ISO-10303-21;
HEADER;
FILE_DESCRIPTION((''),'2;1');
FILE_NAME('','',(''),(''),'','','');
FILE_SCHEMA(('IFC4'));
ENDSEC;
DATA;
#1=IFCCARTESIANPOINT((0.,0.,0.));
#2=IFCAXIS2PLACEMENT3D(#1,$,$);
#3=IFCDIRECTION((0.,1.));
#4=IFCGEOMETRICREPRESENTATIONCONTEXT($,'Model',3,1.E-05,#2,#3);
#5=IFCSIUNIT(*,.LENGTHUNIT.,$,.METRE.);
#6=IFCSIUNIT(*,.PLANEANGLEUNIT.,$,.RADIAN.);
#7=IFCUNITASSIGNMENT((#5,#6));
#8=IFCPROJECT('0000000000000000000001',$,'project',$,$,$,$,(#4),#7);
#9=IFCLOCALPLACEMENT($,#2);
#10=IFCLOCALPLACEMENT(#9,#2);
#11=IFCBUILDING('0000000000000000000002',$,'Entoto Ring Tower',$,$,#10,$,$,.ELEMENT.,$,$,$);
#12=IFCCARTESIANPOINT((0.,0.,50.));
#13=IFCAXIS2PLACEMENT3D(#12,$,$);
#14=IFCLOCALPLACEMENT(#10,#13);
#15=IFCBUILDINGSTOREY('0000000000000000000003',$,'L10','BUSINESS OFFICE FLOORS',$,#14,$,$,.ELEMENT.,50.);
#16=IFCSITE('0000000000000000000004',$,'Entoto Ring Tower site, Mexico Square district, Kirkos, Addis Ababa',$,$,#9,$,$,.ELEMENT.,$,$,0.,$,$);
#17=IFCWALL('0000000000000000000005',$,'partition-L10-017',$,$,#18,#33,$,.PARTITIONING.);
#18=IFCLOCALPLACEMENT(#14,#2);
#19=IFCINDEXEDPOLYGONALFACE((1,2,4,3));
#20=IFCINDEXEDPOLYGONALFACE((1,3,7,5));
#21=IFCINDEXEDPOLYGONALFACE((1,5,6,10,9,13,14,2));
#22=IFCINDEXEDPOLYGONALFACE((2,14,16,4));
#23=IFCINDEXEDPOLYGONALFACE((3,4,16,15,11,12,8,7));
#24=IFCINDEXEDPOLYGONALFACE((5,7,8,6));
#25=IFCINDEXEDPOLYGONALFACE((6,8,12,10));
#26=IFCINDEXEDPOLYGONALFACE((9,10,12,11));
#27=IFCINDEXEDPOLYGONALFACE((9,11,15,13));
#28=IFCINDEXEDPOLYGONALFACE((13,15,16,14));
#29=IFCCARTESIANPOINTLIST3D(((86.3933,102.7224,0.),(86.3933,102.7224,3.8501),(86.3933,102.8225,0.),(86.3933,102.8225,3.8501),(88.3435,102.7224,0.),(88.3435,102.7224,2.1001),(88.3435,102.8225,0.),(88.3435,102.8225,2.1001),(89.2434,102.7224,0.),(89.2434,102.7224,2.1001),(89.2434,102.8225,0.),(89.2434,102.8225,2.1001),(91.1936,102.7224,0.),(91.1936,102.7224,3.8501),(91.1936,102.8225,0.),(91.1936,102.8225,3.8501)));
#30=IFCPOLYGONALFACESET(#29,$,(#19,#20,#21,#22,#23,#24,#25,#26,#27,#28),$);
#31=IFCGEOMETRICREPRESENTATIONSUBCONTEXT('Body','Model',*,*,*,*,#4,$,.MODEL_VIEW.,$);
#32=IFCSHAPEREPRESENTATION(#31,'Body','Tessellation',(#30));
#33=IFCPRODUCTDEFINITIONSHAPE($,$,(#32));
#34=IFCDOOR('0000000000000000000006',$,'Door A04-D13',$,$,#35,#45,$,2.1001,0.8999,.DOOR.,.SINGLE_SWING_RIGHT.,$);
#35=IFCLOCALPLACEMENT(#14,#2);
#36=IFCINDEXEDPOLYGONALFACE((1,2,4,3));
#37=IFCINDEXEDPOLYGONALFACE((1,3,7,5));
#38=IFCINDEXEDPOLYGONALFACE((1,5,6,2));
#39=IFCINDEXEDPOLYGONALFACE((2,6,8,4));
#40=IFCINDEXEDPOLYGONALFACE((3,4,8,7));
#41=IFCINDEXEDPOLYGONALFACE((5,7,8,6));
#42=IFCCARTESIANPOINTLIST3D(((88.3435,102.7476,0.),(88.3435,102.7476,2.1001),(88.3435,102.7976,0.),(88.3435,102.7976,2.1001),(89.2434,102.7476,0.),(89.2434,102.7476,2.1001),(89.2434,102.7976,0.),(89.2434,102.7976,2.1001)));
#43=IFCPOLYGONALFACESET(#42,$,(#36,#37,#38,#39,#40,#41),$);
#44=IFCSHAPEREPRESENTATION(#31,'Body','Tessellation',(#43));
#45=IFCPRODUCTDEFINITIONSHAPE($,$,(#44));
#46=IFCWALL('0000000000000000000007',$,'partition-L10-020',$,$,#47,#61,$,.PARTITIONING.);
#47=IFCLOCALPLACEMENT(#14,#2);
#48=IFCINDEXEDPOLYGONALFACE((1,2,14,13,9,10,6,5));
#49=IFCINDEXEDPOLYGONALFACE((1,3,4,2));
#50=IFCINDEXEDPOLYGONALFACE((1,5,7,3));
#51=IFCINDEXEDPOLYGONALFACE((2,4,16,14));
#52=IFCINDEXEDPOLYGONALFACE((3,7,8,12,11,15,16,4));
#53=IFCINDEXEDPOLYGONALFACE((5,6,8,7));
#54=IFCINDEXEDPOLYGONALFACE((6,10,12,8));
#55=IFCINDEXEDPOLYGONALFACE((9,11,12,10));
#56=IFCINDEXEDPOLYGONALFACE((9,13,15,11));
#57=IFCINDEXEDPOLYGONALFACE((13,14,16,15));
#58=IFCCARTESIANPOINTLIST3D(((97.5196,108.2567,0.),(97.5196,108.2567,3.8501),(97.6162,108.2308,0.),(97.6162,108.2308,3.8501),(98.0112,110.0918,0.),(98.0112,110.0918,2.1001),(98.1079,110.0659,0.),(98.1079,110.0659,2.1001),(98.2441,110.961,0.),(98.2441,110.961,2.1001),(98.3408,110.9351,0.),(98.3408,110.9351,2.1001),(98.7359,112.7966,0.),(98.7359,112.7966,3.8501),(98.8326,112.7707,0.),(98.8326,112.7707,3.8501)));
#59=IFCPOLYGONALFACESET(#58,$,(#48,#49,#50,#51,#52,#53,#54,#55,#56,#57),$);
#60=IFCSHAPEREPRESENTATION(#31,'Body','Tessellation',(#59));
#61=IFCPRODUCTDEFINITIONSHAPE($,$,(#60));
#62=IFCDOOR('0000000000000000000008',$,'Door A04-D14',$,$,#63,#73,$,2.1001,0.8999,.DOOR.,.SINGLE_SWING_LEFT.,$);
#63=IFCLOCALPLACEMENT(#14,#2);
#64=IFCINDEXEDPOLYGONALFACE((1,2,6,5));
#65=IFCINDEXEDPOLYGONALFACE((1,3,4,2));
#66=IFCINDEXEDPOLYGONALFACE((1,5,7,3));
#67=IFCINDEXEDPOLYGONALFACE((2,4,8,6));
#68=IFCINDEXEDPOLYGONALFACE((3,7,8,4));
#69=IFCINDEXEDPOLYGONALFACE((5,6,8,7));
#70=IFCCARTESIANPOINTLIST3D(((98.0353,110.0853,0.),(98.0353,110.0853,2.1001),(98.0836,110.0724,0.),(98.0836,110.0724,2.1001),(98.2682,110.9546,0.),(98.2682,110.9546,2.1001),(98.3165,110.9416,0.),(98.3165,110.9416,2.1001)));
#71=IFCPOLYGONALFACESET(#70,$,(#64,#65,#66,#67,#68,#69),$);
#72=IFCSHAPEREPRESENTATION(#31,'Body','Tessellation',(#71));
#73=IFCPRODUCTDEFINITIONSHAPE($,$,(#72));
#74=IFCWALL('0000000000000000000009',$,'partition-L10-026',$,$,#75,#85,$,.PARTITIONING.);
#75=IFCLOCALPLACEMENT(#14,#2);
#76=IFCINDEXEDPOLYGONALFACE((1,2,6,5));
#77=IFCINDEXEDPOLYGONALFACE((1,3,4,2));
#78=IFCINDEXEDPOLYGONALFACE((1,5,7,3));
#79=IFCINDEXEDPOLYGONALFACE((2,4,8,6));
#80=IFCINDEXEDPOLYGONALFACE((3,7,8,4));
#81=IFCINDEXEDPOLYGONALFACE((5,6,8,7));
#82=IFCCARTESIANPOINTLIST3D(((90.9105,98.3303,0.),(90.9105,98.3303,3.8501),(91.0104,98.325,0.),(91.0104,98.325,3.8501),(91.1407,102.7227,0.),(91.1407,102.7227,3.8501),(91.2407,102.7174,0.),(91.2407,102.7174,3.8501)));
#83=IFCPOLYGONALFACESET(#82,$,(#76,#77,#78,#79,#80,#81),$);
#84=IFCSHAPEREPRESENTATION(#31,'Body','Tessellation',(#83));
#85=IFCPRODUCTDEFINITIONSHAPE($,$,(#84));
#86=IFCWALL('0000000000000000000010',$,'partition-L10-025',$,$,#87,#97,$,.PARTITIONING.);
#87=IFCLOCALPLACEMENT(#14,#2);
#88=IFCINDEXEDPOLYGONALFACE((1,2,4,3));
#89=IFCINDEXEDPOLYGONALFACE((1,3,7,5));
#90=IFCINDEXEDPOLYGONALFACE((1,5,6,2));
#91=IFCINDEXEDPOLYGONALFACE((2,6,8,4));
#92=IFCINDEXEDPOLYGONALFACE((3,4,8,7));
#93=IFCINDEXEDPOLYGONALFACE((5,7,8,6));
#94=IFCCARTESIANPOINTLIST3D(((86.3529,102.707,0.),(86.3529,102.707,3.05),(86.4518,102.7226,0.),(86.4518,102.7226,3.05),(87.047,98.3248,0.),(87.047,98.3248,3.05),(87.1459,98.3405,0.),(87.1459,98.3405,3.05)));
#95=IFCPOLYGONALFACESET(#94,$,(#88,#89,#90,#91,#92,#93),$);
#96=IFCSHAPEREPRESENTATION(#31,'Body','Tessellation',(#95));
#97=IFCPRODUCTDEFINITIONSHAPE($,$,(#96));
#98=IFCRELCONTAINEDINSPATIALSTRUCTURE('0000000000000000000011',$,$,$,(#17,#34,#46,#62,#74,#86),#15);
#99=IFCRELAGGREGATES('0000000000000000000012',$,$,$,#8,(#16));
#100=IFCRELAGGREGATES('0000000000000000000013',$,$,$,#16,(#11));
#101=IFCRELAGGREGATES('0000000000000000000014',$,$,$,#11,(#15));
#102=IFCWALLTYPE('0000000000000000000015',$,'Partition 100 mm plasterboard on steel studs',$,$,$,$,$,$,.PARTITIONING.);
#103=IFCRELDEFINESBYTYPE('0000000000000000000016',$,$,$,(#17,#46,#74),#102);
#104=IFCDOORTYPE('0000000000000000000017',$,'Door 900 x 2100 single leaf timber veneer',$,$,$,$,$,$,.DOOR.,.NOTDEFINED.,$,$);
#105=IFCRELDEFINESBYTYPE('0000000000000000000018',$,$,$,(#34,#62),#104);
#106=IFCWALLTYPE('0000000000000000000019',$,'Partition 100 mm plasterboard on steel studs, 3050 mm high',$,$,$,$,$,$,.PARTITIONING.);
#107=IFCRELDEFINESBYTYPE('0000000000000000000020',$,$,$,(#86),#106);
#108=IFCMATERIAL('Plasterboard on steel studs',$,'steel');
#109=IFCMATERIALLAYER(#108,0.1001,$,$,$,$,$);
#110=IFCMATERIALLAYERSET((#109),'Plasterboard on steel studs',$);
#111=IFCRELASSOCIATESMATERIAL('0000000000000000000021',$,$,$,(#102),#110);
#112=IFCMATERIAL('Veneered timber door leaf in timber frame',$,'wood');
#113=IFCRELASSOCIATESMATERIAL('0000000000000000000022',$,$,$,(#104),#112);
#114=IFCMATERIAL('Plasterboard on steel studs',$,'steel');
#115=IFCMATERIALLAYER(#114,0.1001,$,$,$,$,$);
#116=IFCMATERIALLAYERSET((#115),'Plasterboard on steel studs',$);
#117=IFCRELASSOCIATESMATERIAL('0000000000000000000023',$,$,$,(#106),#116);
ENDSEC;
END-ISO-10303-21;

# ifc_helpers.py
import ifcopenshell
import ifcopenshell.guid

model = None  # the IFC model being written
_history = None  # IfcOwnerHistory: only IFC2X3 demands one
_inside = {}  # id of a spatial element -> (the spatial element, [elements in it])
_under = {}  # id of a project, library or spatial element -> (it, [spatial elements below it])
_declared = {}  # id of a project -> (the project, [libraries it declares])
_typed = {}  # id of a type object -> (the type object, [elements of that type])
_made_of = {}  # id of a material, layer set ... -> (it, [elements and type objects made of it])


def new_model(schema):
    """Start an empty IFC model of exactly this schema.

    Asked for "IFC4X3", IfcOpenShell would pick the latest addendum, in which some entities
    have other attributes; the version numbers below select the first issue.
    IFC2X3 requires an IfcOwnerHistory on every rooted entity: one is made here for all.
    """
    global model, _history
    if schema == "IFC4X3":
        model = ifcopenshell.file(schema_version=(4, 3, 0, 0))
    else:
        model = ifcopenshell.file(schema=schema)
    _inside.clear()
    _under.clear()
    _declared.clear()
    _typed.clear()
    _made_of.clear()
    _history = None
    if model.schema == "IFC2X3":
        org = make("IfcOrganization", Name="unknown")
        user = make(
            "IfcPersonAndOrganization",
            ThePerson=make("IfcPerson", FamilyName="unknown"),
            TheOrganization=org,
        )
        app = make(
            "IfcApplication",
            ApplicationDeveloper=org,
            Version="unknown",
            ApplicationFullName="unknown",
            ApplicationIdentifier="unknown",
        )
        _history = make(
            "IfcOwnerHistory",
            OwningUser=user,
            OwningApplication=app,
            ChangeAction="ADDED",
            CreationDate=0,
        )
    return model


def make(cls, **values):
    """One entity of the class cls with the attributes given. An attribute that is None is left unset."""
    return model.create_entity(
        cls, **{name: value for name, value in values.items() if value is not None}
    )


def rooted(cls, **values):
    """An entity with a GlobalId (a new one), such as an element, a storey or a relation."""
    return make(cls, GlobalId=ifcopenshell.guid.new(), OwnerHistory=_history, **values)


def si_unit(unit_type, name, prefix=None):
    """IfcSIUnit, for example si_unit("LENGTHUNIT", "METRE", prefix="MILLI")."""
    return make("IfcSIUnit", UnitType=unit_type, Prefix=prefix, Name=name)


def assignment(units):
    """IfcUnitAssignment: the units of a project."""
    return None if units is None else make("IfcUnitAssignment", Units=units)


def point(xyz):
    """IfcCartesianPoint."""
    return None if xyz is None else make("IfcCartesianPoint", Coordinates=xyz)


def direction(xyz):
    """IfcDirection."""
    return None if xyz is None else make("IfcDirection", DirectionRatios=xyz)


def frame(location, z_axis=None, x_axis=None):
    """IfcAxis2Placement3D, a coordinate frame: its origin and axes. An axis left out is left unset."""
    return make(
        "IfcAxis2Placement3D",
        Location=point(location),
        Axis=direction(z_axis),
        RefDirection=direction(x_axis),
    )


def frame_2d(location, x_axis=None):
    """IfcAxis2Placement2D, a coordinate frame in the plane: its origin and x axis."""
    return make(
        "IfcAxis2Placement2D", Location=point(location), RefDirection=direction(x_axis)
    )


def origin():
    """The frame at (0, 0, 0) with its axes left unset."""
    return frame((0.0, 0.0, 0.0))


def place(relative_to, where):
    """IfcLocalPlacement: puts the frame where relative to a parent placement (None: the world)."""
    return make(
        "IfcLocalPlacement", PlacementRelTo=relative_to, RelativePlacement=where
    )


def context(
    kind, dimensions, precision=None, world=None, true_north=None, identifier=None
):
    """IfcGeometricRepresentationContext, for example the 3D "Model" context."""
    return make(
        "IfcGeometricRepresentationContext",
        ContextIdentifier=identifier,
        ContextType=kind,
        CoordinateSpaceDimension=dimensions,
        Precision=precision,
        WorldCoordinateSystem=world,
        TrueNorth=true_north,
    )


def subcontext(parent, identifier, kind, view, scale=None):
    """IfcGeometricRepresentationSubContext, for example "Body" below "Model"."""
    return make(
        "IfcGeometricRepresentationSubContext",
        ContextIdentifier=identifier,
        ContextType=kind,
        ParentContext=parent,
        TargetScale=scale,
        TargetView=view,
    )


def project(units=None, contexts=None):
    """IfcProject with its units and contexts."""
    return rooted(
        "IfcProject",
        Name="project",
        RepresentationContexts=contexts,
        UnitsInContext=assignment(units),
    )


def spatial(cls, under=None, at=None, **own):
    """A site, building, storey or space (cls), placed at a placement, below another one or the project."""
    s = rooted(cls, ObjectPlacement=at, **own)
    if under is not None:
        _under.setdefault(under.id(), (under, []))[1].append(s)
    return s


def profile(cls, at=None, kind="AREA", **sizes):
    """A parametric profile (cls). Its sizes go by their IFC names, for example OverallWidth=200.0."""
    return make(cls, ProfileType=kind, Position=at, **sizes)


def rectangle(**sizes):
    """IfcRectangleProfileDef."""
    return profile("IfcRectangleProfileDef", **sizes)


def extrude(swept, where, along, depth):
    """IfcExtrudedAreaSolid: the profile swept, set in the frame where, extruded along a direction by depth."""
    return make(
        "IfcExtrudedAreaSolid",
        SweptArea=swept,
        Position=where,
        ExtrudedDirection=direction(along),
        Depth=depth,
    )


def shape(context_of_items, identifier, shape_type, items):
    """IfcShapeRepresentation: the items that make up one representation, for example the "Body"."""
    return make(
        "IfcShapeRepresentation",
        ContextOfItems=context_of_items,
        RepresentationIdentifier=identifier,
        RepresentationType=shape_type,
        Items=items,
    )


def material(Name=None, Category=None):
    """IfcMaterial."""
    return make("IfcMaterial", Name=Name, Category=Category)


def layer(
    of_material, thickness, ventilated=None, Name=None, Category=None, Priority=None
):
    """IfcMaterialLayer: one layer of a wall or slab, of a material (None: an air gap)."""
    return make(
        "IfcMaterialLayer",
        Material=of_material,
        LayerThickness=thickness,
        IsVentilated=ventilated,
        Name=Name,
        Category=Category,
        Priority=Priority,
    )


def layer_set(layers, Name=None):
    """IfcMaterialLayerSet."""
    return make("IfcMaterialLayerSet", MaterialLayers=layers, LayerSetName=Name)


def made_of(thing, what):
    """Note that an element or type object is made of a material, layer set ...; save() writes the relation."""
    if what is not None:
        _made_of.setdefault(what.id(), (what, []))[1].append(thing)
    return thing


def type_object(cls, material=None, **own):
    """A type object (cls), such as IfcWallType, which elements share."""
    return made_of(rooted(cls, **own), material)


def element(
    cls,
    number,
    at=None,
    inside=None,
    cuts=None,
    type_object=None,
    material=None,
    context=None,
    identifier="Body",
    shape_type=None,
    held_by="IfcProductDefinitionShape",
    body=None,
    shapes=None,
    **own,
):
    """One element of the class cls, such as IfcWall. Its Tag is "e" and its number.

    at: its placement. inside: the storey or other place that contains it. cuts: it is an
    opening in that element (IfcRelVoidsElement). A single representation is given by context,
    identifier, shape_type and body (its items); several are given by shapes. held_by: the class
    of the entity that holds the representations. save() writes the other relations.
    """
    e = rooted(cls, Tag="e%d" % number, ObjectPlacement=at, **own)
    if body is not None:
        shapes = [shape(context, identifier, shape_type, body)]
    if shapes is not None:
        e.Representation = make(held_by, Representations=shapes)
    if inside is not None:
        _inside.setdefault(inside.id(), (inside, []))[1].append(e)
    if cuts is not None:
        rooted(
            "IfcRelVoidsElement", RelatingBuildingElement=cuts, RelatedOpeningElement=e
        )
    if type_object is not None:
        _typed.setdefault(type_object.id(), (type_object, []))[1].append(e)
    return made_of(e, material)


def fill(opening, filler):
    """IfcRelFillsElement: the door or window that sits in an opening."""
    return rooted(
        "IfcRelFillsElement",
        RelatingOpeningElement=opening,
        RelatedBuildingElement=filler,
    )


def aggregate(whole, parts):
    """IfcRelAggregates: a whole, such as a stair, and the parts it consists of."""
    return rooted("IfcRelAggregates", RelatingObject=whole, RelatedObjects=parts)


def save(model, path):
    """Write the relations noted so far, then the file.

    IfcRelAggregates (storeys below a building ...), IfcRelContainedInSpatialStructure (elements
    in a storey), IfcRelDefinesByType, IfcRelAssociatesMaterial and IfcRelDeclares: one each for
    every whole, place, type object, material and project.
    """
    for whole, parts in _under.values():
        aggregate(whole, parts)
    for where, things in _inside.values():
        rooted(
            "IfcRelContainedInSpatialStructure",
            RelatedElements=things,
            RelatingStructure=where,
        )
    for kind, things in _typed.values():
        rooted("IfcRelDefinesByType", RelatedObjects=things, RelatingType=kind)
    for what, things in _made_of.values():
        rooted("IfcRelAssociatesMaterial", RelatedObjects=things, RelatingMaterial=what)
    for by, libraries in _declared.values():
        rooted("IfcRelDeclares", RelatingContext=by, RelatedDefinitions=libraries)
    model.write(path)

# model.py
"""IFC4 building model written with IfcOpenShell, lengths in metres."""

from ifc_helpers import new_model, si_unit, direction, frame, frame_2d, origin, place, context, subcontext, project, spatial, rectangle, extrude, material, layer, layer_set, type_object, element, fill, save


model = new_model("IFC4")

# Units and contexts
model_context = context("Model", 3, precision=1e-05, world=origin(), true_north=direction((0.0, 1.0)))
body_context = subcontext(model_context, "Body", "Model", "MODEL_VIEW")
ifc_project = project(units=[si_unit("LENGTHUNIT", "METRE"), si_unit("PLANEANGLEUNIT", "RADIAN")], contexts=[model_context])

# Site, building, storey
site_placement = place(None, origin())
site = spatial("IfcSite", under=ifc_project, at=site_placement, Name="Entoto Ring Tower site, Mexico Square district, Kirkos, Addis Ababa", CompositionType="ELEMENT", RefElevation=0.0)
building_placement = place(site_placement, origin())
building = spatial("IfcBuilding", under=site, at=building_placement, Name="Entoto Ring Tower", CompositionType="ELEMENT")
storey_placement = place(building_placement, frame((0.0, 0.0, 50.0)))
storey = spatial("IfcBuildingStorey", under=building, at=storey_placement, Name="L10", Description="BUSINESS OFFICE FLOORS", CompositionType="ELEMENT", Elevation=50.0)

# Walls, openings, doors
ifc_material_1 = material(Name="Plasterboard on steel studs", Category="steel")
ifc_layer_1 = layer(ifc_material_1, 0.1001)
ifc_layer_set_1 = layer_set([ifc_layer_1], Name="Plasterboard on steel studs")
wall_type_1 = type_object("IfcWallType", Name="Partition 100 mm plasterboard on steel studs", PredefinedType="PARTITIONING", material=ifc_layer_set_1)
wall_1_placement = place(storey_placement, frame((86.3933, 102.7725, 0.0), z_axis=(0.0, 0.0, 1.0), x_axis=(1.0, 0.0, 0.0)))
wall_1 = element("IfcWall", 1, at=wall_1_placement, inside=storey, type_object=wall_type_1, Name="partition-L10-017", PredefinedType="PARTITIONING", context=body_context, shape_type="SweptSolid", body=[
    extrude(rectangle(XDim=4.8003, YDim=0.1001, at=frame_2d((2.4001, 0.0))), origin(), (0.0, 0.0, 1.0), 3.8501),
])
opening_1_placement = place(wall_1_placement, frame((1.9502, 0.0, 0.0)))
opening_1 = element("IfcOpeningElement", 2, at=opening_1_placement, cuts=wall_1, PredefinedType="OPENING", context=body_context, shape_type="SweptSolid", body=[
    extrude(rectangle(XDim=0.8999, YDim=2.1001, at=frame_2d((0.45, 1.05))), frame((0.0, 0.0601, 0.0), z_axis=(0.0, -1.0, 0.0), x_axis=(1.0, 0.0, 0.0)), (0.0, 0.0, 1.0), 0.1201),
])
ifc_material_2 = material(Name="Veneered timber door leaf in timber frame", Category="wood")
door_type_1 = type_object("IfcDoorType", Name="Door 900 x 2100 single leaf timber veneer", OperationType="NOTDEFINED", PredefinedType="DOOR", material=ifc_material_2)
door_1_placement = place(opening_1_placement, frame((0.8999, 0.0, 0.0), z_axis=(0.0, 0.0, 1.0), x_axis=(-1.0, 0.0, 0.0)))
door_1 = element("IfcDoor", 3, at=door_1_placement, inside=storey, type_object=door_type_1, Name="Door A04-D13", OperationType="SINGLE_SWING_RIGHT", OverallHeight=2.1001, OverallWidth=0.8999, PredefinedType="DOOR", context=body_context, shape_type="SweptSolid", body=[
    extrude(rectangle(XDim=0.8999, YDim=2.1001, at=frame_2d((0.45, 1.05))), frame((0.0, 0.0249, 0.0), z_axis=(0.0, -1.0, 0.0), x_axis=(1.0, 0.0, 0.0)), (0.0, 0.0, 1.0), 0.05),
])
fill(opening_1, door_1)
wall_2_placement = place(storey_placement, frame((97.5679, 108.2437, 0.0), z_axis=(0.0, 0.0, 1.0), x_axis=(0.258794, 0.965933, 0.0)))
wall_2 = element("IfcWall", 4, at=wall_2_placement, inside=storey, type_object=wall_type_1, Name="partition-L10-020", PredefinedType="PARTITIONING", context=body_context, shape_type="SweptSolid", body=[
    extrude(rectangle(XDim=4.7, YDim=0.1001, at=frame_2d((2.3501, 0.0))), origin(), (0.0, 0.0, 1.0), 3.8501),
])
opening_2_placement = place(wall_2_placement, frame((1.8999, 0.0, 0.0)))
opening_2 = element("IfcOpeningElement", 5, at=opening_2_placement, cuts=wall_2, PredefinedType="OPENING", context=body_context, shape_type="SweptSolid", body=[
    extrude(rectangle(XDim=0.8999, YDim=2.1001, at=frame_2d((0.45, 1.05))), frame((0.0, 0.0601, 0.0), z_axis=(0.0, -1.0, 0.0), x_axis=(1.0, 0.0, 0.0)), (0.0, 0.0, 1.0), 0.1201),
])
door_2_placement = place(opening_2_placement, frame((0.8999, 0.0, 0.0), z_axis=(0.0, 0.0, 1.0), x_axis=(-1.0, 0.0, 0.0)))
door_2 = element("IfcDoor", 6, at=door_2_placement, inside=storey, type_object=door_type_1, Name="Door A04-D14", OperationType="SINGLE_SWING_LEFT", OverallHeight=2.1001, OverallWidth=0.8999, PredefinedType="DOOR", context=body_context, shape_type="SweptSolid", body=[
    extrude(rectangle(XDim=0.8999, YDim=2.1001, at=frame_2d((0.45, 1.05))), frame((0.0, 0.0249, 0.0), z_axis=(0.0, -1.0, 0.0), x_axis=(1.0, 0.0, 0.0)), (0.0, 0.0, 1.0), 0.05),
])
fill(opening_2, door_2)

# Walls
wall_3_placement = place(storey_placement, frame((90.9604, 98.3276, 0.0), z_axis=(0.0, 0.0, 1.0), x_axis=(0.052343, 0.998629, 0.0)))
element("IfcWall", 7, at=wall_3_placement, inside=storey, type_object=wall_type_1, Name="partition-L10-026", PredefinedType="PARTITIONING", context=body_context, shape_type="SweptSolid", body=[
    extrude(rectangle(XDim=4.3984, YDim=0.1001, at=frame_2d((2.1992, 0.0))), origin(), (0.0, 0.0, 1.0), 3.8501),
])
ifc_material_3 = material(Name="Plasterboard on steel studs", Category="steel")
ifc_layer_2 = layer(ifc_material_3, 0.1001)
ifc_layer_set_2 = layer_set([ifc_layer_2], Name="Plasterboard on steel studs")
wall_type_2 = type_object("IfcWallType", Name="Partition 100 mm plasterboard on steel studs, 3050 mm high", PredefinedType="PARTITIONING", material=ifc_layer_set_2)
wall_4_placement = place(storey_placement, frame((87.0964, 98.3328, 0.0), z_axis=(0.0, 0.0, 1.0), x_axis=(-0.156443, 0.987687, 0.0)))
element("IfcWall", 8, at=wall_4_placement, inside=storey, type_object=wall_type_2, Name="partition-L10-025", PredefinedType="PARTITIONING", context=body_context, shape_type="SweptSolid", body=[
    extrude(rectangle(XDim=4.4368, YDim=0.1001, at=frame_2d((2.2183, 0.0))), origin(), (0.0, 0.0, 1.0), 3.05),
])

save(model, "model.ifc")
